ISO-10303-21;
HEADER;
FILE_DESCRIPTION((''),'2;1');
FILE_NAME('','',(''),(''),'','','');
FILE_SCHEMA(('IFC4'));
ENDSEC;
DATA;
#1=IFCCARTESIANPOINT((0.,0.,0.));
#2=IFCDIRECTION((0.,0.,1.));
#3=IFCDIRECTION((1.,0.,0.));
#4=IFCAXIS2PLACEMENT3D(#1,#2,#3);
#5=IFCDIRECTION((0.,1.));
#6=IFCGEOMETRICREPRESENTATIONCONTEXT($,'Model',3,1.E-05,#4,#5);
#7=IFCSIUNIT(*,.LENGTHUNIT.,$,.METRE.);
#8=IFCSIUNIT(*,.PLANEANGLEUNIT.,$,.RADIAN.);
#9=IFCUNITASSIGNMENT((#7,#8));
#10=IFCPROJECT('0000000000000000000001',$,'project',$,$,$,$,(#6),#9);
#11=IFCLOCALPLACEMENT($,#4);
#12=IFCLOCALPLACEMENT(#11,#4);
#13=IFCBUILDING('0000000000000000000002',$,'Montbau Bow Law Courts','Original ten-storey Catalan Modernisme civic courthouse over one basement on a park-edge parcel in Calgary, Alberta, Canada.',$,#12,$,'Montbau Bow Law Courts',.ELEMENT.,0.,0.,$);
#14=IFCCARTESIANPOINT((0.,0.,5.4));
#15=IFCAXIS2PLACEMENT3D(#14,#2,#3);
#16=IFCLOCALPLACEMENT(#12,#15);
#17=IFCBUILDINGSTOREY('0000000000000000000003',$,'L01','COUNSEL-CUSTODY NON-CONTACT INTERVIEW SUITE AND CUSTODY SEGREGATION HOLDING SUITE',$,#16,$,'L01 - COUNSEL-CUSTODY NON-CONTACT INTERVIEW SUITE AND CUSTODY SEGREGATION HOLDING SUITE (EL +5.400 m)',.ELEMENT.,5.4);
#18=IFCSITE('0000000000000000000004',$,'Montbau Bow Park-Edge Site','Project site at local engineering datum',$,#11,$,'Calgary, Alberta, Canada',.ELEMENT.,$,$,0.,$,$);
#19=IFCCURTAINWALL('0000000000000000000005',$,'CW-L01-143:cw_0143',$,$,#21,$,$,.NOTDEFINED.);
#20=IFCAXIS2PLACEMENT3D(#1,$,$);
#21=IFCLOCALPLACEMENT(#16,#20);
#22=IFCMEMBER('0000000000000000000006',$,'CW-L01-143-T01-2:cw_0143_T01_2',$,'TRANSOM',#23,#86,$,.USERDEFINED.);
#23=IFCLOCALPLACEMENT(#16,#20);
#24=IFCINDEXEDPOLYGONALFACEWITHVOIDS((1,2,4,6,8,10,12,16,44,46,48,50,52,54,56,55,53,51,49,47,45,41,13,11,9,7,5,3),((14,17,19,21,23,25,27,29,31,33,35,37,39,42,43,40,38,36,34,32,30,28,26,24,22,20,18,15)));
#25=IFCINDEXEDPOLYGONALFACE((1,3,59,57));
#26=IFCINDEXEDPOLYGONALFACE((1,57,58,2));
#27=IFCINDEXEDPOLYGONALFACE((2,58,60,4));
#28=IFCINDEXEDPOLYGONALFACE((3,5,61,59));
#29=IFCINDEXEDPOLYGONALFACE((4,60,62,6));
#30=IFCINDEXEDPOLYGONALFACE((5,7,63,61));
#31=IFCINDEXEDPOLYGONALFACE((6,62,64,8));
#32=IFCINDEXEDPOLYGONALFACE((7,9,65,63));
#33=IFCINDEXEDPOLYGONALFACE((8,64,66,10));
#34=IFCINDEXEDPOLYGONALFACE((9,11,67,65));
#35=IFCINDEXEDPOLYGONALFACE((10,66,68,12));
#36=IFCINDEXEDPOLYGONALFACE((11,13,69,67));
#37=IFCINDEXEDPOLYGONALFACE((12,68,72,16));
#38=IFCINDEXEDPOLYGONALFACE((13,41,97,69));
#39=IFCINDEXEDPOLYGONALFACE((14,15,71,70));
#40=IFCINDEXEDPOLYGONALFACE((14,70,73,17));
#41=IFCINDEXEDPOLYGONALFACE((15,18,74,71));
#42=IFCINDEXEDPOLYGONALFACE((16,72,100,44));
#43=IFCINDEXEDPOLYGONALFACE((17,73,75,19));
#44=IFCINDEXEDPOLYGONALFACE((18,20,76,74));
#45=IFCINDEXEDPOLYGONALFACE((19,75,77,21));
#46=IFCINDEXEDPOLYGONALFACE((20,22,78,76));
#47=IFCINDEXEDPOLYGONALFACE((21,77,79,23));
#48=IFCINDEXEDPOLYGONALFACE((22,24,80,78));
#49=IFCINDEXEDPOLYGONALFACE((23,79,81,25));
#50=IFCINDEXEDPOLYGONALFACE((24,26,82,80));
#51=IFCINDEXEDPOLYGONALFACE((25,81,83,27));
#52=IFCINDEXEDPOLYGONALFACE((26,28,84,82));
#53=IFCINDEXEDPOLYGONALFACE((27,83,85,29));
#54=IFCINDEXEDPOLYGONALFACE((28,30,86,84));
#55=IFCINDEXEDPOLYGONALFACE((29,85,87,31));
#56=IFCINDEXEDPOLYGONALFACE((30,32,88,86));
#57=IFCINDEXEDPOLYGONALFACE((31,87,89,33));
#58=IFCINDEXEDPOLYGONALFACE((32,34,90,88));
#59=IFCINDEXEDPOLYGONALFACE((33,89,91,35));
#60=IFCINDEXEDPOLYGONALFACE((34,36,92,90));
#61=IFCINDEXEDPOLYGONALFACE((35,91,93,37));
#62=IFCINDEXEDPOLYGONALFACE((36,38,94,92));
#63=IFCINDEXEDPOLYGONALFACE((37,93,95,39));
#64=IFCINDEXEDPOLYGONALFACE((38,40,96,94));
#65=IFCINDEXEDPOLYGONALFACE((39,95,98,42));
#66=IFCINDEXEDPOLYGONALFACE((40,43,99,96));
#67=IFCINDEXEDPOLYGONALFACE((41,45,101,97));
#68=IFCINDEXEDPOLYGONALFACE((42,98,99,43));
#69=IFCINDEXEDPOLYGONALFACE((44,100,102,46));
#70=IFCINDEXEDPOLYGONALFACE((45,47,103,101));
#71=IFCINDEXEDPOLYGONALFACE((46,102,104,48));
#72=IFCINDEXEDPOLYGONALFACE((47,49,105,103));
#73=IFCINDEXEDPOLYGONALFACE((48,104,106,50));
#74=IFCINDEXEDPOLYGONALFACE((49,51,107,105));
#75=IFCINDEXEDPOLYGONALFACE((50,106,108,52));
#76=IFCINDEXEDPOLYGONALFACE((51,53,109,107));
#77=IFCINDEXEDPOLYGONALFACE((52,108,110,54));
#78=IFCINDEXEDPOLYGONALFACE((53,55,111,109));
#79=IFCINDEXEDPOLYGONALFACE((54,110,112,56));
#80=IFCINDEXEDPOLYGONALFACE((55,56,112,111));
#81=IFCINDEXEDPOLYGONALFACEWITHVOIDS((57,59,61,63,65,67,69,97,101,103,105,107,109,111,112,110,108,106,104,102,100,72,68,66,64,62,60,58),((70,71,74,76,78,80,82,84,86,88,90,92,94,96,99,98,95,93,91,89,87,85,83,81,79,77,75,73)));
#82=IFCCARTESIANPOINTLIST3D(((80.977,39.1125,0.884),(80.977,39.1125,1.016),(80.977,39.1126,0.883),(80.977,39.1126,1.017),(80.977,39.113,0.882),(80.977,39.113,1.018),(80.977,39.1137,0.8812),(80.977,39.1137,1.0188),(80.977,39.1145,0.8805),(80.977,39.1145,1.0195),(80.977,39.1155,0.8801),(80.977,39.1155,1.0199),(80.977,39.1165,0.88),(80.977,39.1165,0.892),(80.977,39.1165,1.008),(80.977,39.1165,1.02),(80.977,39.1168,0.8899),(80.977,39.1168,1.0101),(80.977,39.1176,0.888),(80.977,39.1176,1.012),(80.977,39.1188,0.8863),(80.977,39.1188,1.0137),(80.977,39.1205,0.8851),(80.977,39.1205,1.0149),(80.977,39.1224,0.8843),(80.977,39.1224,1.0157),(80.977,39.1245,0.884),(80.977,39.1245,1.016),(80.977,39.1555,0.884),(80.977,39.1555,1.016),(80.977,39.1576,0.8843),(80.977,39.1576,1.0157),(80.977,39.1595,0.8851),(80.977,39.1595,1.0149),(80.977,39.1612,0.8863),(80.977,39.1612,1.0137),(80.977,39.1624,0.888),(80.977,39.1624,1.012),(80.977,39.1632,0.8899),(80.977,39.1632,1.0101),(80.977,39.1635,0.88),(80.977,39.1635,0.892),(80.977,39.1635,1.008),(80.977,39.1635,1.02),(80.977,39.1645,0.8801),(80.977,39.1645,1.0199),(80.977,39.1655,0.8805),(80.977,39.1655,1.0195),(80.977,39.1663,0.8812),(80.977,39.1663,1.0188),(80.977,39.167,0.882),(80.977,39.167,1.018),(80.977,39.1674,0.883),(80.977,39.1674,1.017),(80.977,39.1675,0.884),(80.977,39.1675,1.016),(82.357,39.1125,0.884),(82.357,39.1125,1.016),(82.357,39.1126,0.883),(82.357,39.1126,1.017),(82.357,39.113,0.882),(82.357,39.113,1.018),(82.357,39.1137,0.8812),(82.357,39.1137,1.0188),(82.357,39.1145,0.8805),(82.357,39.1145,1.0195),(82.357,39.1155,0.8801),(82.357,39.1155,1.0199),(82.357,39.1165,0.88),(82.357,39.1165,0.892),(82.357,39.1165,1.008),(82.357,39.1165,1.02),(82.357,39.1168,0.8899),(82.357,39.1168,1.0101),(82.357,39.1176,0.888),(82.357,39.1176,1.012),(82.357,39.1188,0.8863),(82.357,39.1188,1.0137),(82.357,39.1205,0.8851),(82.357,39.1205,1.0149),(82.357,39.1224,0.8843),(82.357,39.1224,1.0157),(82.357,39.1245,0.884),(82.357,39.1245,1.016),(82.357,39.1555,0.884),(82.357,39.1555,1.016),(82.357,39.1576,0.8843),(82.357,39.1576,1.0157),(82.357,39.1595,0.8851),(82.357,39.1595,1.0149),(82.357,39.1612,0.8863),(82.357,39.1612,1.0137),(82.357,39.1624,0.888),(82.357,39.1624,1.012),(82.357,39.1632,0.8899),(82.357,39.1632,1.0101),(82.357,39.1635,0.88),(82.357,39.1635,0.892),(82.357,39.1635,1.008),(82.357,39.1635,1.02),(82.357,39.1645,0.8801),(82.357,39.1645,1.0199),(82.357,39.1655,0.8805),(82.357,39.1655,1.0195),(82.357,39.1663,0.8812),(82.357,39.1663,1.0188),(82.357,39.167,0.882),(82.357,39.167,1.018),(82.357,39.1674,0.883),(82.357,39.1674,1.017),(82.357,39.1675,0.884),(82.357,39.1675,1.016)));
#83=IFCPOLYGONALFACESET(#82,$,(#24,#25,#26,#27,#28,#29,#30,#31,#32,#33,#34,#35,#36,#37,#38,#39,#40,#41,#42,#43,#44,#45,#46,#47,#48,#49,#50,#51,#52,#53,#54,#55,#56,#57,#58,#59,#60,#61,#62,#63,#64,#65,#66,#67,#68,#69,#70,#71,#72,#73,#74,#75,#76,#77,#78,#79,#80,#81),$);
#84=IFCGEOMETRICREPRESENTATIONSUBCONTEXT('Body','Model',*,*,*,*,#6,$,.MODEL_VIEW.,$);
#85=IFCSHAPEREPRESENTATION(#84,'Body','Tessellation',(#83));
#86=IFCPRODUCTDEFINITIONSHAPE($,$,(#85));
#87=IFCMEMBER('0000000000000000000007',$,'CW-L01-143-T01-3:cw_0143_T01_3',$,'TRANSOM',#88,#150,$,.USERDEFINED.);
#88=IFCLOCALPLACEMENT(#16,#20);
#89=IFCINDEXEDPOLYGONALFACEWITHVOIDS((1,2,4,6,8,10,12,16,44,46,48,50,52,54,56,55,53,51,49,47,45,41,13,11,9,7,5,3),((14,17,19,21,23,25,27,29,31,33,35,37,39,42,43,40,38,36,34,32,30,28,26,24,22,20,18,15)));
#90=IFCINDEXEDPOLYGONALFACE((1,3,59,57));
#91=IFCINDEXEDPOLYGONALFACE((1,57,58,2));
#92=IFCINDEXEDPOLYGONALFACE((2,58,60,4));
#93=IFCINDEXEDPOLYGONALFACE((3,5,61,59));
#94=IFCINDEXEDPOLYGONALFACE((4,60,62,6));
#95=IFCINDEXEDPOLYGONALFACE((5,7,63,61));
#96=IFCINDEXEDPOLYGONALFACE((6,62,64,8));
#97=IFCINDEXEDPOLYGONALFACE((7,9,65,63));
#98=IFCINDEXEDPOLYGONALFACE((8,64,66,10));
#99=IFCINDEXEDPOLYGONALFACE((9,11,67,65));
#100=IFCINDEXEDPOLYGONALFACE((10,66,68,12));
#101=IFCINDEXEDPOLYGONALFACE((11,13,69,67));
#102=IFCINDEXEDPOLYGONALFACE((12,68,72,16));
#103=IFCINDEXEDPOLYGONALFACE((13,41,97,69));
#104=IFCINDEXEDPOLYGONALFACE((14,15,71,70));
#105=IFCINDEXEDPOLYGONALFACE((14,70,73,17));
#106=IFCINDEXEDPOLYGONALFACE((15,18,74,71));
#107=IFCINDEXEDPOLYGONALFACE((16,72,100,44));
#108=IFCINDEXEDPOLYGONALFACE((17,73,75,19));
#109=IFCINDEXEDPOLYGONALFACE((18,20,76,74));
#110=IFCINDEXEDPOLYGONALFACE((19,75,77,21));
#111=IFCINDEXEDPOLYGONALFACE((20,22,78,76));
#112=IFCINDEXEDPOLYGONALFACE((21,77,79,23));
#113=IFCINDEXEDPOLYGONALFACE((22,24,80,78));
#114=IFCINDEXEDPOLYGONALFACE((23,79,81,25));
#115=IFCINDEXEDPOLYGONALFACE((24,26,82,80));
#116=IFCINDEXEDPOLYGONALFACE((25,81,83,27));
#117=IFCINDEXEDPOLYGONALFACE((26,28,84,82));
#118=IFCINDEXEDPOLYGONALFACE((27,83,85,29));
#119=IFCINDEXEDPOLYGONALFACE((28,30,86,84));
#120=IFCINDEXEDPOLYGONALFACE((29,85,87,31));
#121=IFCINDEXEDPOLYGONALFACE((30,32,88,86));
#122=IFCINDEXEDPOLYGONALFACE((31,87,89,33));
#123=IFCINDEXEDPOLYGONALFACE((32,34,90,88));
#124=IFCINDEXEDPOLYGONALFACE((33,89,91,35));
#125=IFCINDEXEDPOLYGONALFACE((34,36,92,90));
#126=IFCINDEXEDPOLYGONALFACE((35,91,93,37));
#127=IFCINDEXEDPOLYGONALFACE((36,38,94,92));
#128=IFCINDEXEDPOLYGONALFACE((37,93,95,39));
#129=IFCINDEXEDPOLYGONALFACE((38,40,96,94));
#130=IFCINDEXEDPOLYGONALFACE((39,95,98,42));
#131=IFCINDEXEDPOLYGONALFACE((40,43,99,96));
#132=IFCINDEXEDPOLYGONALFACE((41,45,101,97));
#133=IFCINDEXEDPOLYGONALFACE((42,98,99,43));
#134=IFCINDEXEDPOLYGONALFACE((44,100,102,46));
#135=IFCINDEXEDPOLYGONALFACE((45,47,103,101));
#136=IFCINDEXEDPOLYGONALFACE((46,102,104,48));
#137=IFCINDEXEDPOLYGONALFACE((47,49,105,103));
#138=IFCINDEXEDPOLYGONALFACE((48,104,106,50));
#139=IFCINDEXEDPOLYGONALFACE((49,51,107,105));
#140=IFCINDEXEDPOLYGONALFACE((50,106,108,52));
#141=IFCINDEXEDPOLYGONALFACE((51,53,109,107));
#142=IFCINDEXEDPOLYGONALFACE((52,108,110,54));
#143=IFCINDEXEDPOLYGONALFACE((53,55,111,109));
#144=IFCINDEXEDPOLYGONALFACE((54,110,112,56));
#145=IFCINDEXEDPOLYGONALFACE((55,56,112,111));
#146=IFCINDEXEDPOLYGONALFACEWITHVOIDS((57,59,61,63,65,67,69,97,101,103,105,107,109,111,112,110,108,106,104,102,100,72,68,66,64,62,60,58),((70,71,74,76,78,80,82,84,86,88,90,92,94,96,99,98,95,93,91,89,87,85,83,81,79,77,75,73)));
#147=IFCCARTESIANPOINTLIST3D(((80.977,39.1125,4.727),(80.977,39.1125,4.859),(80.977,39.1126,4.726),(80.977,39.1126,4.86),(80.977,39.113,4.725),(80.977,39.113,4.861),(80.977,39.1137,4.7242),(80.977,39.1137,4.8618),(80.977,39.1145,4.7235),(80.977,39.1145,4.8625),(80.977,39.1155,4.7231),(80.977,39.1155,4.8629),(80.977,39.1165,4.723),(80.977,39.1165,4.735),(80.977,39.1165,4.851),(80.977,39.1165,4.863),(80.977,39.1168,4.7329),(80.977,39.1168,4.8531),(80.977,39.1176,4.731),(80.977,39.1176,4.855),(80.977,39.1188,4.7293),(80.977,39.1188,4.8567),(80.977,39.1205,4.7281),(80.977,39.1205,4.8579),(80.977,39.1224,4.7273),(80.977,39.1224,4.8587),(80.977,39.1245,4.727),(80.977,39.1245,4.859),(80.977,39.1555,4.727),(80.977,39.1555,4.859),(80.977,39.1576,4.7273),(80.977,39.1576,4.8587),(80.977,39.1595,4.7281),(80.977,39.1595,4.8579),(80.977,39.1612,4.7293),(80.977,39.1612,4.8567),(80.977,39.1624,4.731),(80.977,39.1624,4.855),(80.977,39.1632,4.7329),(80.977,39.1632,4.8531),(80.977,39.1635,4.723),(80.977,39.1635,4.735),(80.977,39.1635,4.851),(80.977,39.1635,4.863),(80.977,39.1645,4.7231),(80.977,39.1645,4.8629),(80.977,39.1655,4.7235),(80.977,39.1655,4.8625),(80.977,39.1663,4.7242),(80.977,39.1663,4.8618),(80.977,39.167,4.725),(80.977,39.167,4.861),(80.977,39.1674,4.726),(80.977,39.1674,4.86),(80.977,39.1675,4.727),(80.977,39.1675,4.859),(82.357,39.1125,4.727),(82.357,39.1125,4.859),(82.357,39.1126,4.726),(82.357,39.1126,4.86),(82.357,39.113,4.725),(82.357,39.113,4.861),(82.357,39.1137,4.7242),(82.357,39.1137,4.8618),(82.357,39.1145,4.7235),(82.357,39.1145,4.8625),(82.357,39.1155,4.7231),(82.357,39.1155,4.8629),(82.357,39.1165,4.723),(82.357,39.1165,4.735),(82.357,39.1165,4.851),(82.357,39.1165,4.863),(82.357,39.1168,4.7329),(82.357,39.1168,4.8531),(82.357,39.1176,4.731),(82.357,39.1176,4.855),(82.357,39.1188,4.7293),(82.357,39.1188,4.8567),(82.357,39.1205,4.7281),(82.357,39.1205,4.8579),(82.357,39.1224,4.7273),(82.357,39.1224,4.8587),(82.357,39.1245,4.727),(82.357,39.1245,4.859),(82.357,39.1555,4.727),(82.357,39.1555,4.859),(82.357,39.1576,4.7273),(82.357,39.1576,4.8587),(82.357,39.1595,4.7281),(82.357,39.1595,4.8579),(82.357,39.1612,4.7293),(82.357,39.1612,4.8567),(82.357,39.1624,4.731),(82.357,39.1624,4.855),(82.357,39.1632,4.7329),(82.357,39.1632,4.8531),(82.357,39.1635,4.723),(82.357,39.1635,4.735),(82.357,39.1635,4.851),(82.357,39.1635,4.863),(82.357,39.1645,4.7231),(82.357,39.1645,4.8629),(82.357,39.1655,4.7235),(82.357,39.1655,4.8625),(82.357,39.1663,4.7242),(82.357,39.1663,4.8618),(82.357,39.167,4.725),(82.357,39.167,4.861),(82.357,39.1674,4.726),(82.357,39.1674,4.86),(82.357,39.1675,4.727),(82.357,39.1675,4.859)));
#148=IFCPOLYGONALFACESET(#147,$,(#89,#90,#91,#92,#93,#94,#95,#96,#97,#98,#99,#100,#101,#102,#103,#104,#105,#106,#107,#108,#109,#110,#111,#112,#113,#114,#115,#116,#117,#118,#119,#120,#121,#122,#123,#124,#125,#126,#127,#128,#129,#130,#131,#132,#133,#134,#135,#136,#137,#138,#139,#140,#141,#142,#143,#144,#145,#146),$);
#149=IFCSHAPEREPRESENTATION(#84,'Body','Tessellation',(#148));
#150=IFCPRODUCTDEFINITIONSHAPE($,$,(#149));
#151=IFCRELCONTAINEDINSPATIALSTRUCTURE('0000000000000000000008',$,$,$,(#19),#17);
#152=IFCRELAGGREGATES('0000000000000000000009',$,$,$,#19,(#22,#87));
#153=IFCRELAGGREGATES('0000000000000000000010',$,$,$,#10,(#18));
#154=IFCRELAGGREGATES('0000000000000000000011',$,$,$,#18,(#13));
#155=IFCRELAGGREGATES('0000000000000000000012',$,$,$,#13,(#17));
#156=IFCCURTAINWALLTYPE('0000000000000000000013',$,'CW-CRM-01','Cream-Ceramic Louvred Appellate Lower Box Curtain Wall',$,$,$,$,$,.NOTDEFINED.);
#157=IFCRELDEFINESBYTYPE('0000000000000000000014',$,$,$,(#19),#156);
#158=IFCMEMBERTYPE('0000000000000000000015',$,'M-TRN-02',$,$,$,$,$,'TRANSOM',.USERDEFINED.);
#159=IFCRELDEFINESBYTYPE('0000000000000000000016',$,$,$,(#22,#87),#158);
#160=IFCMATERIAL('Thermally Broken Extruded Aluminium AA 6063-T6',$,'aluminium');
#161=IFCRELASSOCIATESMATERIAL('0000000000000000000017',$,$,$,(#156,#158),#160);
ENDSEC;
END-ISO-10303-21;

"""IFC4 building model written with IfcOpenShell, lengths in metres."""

from ifc_helpers import new_model, si_unit, direction, frame, origin_with_axes, origin_2d_with_axis, place, context, subcontext, project, spatial, hollow_rectangle, extrude, material, material_profile, profile_set, type_object, element, aggregate, save


model = new_model("IFC4")

# Units and contexts
model_context = context("Model", 3, precision=1e-05, world=origin_with_axes(), true_north=direction((0.0, 1.0)))
body_context = subcontext(model_context, "Body", "Model", "MODEL_VIEW")
ifc_project = project(units=[si_unit("LENGTHUNIT", "METRE"), si_unit("PLANEANGLEUNIT", "RADIAN")], contexts=[model_context])

# Site, building, storey
site_placement = place(None, origin_with_axes())
site = spatial("IfcSite", under=ifc_project, at=site_placement, Name="Montbau Bow Park-Edge Site", Description="Project site at local engineering datum", LongName="Calgary, Alberta, Canada", CompositionType="ELEMENT", RefElevation=0.0)
building_placement = place(site_placement, origin_with_axes())
building = spatial("IfcBuilding", under=site, at=building_placement, Name="Montbau Bow Law Courts", Description="Original ten-storey Catalan Modernisme civic courthouse over one basement on a park-edge parcel in Calgary, Alberta, Canada.", LongName="Montbau Bow Law Courts", CompositionType="ELEMENT", ElevationOfRefHeight=0.0, ElevationOfTerrain=0.0)
storey_placement = place(building_placement, frame((0.0, 0.0, 5.4), z_axis=(0.0, 0.0, 1.0), x_axis=(1.0, 0.0, 0.0)))
storey = spatial("IfcBuildingStorey", under=building, at=storey_placement, Name="L01", Description="COUNSEL-CUSTODY NON-CONTACT INTERVIEW SUITE AND CUSTODY SEGREGATION HOLDING SUITE", LongName="L01 - COUNSEL-CUSTODY NON-CONTACT INTERVIEW SUITE AND CUSTODY SEGREGATION HOLDING SUITE (EL +5.400 m)", CompositionType="ELEMENT", Elevation=5.4)

# Curtain wall
ifc_material_1 = material(Name="Thermally Broken Extruded Aluminium AA 6063-T6", Category="aluminium")
curtain_wall_type = type_object("IfcCurtainWallType", Name="CW-CRM-01", Description="Cream-Ceramic Louvred Appellate Lower Box Curtain Wall", PredefinedType="NOTDEFINED", material=ifc_material_1)
curtain_wall_1_placement = place(None, frame((80.915, 39.14, 5.4), z_axis=(0.0, 0.0, 1.0), x_axis=(1.0, 0.0, 0.0)))
curtain_wall_1 = element("IfcCurtainWall", 1, at=curtain_wall_1_placement, inside=storey, type_object=curtain_wall_type, Name="CW-L01-143:cw_0143", PredefinedType="NOTDEFINED")

# Members
ifc_material_profile_1 = material_profile(ifc_material_1, hollow_rectangle(XDim=0.055, YDim=0.14, WallThickness=0.004, InnerFilletRadius=0.008, OuterFilletRadius=0.004, at=origin_2d_with_axis()), Name="CWT-140X55", Category="Main", Priority=0)
ifc_profile_set_1 = profile_set([ifc_material_profile_1], Name="Thermally Broken Extruded Aluminium AA 6063-T6")
member_type_1 = type_object("IfcMemberType", Name="M-TRN-02", ElementType="TRANSOM", PredefinedType="USERDEFINED", material=ifc_profile_set_1)
member_1_placement = place(None, frame((80.977, 39.14, 6.35), z_axis=(1.0, 0.0, 0.0), x_axis=(0.0, 1.0, 0.0)))
member_1 = element("IfcMember", 2, at=member_1_placement, type_object=member_type_1, Name="CW-L01-143-T01-2:cw_0143_T01_2", ObjectType="TRANSOM", PredefinedType="USERDEFINED", context=body_context, shape_type="SweptSolid", body=[
    extrude(hollow_rectangle(XDim=0.055, YDim=0.14, WallThickness=0.004, InnerFilletRadius=0.008, OuterFilletRadius=0.004, at=origin_2d_with_axis()), origin_with_axes(), (0.0, 0.0, 1.0), 1.38),
])
member_2_placement = place(None, frame((80.977, 39.14, 10.193), z_axis=(1.0, 0.0, 0.0), x_axis=(0.0, 1.0, 0.0)))
member_2 = element("IfcMember", 3, at=member_2_placement, type_object=member_type_1, Name="CW-L01-143-T01-3:cw_0143_T01_3", ObjectType="TRANSOM", PredefinedType="USERDEFINED", context=body_context, shape_type="SweptSolid", body=[
    extrude(hollow_rectangle(XDim=0.055, YDim=0.14, WallThickness=0.004, InnerFilletRadius=0.008, OuterFilletRadius=0.004, at=origin_2d_with_axis()), origin_with_axes(), (0.0, 0.0, 1.0), 1.38),
])

aggregate(curtain_wall_1, [member_1, member_2])

save(model, "model.ifc")
